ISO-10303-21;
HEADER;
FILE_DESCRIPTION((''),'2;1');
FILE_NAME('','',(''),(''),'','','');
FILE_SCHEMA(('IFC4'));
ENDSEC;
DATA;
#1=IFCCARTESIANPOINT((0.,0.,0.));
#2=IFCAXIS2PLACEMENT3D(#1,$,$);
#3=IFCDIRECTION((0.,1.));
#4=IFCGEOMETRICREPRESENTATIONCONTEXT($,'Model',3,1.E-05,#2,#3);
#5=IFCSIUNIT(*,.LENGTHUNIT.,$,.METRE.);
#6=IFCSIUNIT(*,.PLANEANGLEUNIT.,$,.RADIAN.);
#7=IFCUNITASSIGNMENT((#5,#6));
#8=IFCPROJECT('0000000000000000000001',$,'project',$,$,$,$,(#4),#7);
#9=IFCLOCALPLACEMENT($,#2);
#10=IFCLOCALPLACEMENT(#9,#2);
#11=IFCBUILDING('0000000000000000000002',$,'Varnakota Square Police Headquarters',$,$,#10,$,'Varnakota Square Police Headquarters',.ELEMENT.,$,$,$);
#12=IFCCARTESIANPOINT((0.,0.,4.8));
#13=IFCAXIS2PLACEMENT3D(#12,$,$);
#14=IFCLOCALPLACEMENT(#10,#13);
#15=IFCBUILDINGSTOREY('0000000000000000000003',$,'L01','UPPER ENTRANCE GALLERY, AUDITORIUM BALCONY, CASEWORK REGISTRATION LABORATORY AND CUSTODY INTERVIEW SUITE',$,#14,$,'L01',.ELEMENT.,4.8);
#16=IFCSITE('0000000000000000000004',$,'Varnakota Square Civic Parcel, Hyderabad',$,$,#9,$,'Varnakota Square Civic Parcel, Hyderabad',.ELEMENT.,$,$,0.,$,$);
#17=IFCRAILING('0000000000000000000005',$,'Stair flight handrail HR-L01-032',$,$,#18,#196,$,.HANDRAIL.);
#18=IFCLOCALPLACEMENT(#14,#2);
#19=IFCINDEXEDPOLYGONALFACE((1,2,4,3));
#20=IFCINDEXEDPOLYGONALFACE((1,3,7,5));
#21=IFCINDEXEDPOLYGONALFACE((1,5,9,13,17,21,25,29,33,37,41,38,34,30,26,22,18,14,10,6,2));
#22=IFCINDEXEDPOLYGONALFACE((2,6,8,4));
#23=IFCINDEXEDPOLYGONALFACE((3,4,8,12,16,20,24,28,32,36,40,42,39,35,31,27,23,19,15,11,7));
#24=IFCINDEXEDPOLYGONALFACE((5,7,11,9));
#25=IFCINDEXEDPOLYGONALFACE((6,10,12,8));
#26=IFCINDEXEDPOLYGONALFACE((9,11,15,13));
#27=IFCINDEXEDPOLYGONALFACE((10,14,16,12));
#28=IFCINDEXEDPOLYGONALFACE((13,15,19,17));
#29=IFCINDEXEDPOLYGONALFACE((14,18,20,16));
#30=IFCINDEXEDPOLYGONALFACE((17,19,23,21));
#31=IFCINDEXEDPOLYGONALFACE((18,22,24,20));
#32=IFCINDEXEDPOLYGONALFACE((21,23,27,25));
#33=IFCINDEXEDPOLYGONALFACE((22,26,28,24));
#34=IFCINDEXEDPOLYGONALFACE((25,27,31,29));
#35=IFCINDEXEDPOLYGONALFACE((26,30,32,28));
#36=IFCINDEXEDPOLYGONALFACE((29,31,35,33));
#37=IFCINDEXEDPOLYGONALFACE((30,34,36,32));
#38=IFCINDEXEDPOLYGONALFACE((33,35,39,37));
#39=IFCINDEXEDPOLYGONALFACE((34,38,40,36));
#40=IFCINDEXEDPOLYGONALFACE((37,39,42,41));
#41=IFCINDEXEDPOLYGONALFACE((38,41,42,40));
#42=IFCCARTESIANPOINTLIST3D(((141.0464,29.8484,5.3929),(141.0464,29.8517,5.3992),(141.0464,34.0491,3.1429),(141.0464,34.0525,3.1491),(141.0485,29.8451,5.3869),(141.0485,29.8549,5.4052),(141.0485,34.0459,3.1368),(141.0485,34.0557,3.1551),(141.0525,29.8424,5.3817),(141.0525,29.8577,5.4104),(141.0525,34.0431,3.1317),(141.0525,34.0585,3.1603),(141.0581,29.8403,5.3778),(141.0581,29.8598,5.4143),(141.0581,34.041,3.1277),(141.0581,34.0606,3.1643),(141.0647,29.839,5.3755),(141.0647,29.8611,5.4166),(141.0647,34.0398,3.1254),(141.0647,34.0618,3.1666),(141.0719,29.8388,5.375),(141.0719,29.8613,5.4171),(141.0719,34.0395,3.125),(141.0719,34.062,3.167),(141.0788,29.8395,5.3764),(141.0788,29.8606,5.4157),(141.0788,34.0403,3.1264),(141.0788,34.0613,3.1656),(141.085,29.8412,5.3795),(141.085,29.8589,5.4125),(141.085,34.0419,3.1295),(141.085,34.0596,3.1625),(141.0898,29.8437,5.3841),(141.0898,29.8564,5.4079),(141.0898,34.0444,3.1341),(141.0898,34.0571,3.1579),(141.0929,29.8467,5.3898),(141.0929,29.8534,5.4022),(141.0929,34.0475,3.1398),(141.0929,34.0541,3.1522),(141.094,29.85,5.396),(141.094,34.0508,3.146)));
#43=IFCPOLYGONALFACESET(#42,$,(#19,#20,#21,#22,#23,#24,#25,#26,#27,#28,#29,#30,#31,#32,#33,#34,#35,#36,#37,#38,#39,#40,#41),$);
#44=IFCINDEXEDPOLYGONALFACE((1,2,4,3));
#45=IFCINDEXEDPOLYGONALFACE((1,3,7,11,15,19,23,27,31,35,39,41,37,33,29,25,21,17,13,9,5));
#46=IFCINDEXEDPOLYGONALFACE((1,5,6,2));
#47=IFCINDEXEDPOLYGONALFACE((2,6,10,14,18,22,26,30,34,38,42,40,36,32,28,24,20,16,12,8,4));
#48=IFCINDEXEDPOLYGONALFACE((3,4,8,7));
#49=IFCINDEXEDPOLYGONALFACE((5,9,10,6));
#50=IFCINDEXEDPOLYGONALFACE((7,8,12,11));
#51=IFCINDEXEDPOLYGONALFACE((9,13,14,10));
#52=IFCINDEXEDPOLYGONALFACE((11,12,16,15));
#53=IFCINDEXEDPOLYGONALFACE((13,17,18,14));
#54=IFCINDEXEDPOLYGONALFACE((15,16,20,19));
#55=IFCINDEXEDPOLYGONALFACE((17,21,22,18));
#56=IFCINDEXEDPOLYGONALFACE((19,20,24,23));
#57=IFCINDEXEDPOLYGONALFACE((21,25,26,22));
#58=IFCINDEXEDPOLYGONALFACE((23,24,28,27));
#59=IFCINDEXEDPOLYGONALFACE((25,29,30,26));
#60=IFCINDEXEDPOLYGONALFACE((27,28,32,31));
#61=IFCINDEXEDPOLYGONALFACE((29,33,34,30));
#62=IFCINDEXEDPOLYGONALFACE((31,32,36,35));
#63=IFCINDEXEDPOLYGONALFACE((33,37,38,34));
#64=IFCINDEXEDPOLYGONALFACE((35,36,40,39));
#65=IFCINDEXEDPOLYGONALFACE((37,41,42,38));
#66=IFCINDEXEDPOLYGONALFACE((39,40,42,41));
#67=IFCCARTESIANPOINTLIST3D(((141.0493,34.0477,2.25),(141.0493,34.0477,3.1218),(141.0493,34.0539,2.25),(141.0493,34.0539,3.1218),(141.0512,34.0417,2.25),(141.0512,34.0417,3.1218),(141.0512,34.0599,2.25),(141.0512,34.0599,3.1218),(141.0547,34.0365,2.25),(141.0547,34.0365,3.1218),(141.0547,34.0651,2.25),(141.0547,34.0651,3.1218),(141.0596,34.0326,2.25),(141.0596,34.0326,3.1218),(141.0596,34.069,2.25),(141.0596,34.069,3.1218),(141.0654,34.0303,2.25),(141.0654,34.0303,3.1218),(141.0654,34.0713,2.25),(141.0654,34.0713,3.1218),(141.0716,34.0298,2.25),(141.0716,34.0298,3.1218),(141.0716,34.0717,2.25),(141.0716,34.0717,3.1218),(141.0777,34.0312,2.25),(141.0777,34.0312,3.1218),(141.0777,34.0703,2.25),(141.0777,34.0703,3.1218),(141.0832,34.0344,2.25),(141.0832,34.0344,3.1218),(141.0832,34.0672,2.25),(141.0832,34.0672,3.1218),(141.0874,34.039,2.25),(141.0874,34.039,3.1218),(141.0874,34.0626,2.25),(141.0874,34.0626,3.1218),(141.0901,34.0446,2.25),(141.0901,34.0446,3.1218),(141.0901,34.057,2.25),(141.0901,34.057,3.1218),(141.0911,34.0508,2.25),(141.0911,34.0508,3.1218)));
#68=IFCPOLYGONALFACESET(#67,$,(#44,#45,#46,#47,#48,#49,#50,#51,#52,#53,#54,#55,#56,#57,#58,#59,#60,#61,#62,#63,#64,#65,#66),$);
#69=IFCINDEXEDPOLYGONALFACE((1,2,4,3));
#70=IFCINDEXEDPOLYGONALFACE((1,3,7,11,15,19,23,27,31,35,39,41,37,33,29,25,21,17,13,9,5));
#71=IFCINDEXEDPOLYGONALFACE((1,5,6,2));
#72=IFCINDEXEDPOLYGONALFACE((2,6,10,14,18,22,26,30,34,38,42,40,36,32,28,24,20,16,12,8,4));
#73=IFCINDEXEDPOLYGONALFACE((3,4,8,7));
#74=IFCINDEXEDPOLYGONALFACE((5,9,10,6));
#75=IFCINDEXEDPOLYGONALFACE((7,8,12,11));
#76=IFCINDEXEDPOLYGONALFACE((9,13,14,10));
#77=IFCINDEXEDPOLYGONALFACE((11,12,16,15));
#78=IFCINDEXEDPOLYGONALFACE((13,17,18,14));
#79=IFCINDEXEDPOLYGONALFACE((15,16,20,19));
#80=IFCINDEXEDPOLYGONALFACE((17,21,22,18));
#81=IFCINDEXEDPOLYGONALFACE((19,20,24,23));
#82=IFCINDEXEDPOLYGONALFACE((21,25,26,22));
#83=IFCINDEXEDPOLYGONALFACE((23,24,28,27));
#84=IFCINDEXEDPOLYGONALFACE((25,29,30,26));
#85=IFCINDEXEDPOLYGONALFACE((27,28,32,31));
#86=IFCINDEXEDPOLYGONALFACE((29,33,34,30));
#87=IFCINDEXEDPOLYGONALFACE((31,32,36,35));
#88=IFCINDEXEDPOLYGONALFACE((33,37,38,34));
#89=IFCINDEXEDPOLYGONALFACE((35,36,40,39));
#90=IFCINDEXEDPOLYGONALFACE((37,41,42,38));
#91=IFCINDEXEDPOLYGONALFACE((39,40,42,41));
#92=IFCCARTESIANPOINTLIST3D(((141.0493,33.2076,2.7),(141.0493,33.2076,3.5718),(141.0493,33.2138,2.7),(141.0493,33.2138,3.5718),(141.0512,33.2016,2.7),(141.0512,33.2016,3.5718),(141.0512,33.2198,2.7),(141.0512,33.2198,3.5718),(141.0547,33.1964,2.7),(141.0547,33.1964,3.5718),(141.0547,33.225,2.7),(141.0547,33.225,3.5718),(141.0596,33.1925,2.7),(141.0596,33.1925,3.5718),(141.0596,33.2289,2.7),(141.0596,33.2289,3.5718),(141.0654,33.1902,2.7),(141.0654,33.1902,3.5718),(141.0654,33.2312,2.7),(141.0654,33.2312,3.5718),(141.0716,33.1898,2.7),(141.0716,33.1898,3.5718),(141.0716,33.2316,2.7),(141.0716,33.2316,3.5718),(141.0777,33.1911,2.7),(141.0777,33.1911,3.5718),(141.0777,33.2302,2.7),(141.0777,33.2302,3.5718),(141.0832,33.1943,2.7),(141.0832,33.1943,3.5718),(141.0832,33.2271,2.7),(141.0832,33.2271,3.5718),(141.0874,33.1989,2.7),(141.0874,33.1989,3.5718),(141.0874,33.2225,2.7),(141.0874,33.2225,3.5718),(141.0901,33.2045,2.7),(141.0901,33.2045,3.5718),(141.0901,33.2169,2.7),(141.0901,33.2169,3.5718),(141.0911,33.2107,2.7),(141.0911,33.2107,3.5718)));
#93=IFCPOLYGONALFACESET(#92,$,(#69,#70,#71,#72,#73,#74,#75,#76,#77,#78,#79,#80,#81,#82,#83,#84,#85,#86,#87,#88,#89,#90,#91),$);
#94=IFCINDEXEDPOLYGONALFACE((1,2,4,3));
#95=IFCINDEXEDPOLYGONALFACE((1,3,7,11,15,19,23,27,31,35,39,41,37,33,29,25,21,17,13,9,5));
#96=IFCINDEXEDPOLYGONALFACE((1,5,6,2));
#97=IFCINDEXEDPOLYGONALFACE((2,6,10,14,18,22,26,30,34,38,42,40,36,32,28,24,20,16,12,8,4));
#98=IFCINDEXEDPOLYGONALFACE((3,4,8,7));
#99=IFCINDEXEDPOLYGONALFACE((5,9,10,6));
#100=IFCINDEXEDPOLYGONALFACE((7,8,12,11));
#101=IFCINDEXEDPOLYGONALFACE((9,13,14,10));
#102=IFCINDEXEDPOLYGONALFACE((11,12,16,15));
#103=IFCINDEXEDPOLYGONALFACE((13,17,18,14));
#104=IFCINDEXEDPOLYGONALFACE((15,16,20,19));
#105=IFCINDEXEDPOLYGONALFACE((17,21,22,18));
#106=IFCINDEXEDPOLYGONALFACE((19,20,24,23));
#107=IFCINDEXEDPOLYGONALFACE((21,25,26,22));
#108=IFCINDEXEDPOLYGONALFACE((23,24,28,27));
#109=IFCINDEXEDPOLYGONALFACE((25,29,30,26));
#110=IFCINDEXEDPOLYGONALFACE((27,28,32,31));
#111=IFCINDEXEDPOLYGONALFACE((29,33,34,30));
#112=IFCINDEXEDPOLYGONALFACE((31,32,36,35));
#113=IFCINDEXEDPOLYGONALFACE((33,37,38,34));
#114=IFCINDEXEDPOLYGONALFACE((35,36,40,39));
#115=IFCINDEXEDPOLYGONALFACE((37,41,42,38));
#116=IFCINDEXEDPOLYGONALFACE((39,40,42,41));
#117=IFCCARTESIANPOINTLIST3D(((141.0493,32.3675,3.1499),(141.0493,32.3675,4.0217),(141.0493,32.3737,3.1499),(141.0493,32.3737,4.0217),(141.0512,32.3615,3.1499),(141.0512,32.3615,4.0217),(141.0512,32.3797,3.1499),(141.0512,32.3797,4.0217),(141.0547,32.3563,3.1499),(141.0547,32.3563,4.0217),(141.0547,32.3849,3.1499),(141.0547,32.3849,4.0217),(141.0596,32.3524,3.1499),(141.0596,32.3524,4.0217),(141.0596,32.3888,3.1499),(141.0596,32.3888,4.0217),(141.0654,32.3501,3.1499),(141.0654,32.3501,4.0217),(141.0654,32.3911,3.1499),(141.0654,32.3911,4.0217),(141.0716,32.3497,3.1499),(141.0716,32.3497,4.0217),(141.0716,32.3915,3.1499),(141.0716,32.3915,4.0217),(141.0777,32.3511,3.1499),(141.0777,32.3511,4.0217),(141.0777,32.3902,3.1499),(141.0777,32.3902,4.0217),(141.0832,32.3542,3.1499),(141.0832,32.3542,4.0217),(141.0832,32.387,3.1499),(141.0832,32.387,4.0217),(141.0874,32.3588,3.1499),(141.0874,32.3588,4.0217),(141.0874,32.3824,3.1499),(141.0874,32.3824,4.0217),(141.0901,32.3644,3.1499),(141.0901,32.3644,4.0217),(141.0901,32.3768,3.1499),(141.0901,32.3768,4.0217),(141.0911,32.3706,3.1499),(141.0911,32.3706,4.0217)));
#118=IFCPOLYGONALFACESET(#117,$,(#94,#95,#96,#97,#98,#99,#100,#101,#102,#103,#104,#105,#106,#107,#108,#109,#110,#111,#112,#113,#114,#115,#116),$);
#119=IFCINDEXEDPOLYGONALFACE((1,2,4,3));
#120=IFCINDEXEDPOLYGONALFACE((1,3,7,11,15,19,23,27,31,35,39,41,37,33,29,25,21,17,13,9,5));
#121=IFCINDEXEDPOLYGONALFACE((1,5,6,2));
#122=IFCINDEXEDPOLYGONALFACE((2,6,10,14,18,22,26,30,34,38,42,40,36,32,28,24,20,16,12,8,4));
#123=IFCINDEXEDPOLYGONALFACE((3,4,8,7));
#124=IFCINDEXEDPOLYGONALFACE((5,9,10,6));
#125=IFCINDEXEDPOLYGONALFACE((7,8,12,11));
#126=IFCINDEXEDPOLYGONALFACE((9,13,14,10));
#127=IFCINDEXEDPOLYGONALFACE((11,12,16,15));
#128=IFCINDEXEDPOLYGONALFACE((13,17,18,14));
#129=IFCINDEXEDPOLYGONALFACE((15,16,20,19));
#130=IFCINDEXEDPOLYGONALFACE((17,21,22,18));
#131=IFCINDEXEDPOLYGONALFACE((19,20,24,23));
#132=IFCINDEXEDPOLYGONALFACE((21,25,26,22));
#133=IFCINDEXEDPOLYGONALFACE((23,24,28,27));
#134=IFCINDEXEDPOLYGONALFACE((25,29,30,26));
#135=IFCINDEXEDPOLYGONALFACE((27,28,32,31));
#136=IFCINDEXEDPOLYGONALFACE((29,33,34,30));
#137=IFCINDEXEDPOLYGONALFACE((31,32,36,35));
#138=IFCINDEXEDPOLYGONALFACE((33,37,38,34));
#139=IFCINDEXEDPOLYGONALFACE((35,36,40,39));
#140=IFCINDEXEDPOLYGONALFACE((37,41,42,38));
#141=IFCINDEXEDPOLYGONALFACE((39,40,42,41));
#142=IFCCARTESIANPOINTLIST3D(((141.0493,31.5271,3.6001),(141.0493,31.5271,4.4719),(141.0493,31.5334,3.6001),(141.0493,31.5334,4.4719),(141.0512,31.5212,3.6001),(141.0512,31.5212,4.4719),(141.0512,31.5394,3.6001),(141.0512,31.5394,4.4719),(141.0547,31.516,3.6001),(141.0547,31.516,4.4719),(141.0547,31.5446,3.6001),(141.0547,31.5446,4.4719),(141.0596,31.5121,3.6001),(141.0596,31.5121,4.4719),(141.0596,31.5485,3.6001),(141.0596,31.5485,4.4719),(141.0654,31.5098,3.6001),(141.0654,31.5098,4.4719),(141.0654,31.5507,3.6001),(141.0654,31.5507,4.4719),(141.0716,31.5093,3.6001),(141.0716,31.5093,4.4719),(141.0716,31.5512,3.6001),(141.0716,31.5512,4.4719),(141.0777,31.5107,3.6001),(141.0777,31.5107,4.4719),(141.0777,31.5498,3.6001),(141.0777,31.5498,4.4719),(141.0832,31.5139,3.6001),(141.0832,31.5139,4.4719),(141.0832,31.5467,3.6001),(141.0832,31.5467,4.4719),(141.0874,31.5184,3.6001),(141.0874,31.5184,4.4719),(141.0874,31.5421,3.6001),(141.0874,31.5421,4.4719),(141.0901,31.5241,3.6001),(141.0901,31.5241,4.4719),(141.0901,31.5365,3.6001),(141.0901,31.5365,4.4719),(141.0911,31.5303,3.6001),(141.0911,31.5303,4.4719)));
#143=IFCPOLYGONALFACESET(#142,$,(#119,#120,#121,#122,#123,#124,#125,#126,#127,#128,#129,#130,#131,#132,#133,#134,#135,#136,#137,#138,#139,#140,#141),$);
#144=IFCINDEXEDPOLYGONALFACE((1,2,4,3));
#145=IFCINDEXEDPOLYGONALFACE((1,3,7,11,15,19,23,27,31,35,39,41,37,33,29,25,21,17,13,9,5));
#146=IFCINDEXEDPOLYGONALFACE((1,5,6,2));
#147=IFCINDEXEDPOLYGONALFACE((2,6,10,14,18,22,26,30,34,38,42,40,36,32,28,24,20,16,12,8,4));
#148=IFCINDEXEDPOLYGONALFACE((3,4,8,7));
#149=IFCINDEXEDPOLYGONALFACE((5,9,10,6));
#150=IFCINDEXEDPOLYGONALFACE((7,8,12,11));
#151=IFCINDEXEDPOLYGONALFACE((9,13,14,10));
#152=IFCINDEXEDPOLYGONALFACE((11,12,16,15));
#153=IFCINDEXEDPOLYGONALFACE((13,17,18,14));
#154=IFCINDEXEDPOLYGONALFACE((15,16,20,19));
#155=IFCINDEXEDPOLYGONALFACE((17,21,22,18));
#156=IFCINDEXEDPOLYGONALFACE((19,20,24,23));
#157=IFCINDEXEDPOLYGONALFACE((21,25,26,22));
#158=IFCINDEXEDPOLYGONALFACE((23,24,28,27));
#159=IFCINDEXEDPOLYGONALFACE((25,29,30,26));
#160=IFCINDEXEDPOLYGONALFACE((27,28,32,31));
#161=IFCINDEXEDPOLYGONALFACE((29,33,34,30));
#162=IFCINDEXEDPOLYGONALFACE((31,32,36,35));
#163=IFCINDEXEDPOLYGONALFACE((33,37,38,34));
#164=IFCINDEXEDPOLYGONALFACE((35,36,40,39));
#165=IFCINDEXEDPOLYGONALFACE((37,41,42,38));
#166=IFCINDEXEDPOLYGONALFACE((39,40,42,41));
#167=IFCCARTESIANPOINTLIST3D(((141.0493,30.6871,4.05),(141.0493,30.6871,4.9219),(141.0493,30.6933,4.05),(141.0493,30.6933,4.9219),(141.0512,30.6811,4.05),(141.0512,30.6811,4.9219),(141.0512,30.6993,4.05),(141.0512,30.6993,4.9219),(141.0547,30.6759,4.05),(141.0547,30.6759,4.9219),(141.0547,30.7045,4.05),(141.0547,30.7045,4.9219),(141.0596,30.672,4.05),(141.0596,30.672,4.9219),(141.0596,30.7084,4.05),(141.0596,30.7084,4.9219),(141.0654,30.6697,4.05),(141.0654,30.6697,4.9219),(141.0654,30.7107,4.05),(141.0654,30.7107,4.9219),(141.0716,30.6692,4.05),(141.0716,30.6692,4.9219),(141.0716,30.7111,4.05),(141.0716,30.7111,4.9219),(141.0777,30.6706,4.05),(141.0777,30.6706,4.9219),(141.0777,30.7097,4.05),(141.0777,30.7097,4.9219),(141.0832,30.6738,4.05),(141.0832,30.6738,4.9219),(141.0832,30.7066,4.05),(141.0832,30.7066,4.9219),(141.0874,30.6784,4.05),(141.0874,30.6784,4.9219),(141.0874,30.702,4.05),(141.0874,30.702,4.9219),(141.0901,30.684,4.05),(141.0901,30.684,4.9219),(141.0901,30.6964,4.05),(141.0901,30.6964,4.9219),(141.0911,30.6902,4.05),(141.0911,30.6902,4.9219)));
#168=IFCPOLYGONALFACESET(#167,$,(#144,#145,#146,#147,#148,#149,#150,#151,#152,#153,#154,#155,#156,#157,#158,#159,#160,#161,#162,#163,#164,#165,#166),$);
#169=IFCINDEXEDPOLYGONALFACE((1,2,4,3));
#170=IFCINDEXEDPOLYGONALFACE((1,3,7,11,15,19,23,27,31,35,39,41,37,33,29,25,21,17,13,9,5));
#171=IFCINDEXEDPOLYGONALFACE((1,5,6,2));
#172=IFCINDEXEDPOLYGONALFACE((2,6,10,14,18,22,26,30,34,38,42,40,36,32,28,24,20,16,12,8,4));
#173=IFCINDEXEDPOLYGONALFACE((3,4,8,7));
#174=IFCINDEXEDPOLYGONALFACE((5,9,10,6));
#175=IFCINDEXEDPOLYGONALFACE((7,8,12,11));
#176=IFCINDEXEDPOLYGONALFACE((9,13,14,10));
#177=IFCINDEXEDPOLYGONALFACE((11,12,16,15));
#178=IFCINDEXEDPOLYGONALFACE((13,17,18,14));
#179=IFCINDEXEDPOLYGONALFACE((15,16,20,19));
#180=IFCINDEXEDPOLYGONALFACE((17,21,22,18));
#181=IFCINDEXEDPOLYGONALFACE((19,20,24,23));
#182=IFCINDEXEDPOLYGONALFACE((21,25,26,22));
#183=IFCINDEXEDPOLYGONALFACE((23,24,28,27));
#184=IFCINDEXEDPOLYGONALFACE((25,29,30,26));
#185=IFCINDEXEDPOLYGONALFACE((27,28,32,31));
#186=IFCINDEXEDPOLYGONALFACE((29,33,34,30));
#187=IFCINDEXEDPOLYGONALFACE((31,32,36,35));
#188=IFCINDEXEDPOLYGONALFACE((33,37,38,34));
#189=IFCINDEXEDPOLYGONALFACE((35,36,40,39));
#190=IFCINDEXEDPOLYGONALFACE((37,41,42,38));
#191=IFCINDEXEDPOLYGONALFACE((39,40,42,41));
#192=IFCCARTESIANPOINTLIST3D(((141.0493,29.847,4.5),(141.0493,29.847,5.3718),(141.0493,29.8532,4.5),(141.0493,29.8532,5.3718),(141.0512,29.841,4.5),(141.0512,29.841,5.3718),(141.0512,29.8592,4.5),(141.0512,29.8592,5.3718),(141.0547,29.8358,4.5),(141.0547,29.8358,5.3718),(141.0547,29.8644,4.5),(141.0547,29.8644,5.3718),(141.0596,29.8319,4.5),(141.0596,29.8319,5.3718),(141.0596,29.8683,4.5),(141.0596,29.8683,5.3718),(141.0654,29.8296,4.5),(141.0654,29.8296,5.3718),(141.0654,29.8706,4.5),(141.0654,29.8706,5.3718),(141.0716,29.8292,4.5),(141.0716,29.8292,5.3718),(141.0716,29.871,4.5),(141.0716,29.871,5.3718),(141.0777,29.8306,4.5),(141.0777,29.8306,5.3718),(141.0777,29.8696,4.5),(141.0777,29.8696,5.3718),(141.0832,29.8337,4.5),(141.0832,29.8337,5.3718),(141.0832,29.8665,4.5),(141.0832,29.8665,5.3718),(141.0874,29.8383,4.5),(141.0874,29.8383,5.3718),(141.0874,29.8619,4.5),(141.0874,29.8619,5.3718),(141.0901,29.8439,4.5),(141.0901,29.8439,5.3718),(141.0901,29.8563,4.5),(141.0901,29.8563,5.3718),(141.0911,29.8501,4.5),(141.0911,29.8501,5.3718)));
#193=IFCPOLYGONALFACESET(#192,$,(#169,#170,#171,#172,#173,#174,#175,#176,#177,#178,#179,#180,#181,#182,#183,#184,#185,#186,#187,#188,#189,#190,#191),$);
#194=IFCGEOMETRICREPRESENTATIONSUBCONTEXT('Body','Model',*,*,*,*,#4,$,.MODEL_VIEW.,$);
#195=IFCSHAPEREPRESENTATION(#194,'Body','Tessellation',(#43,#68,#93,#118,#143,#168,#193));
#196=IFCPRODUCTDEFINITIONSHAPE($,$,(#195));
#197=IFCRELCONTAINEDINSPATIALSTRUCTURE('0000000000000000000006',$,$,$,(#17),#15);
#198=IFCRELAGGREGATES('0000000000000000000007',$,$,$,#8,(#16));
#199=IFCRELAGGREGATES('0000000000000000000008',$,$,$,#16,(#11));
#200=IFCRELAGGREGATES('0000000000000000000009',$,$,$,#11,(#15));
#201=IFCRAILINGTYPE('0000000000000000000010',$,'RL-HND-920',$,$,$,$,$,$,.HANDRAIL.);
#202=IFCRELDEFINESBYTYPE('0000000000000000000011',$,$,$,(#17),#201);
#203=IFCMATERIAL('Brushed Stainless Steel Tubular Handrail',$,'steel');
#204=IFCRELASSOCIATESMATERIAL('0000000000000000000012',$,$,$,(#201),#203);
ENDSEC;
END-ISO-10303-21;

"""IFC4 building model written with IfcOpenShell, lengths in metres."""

from ifc_helpers import new_model, si_unit, direction, frame, origin, origin_2d, place, context, subcontext, project, spatial, circle, extrude, material, type_object, element, save


model = new_model("IFC4")

# Units and contexts
model_context = context("Model", 3, precision=1e-05, world=origin(), true_north=direction((0.0, 1.0)))
body_context = subcontext(model_context, "Body", "Model", "MODEL_VIEW")
ifc_project = project(units=[si_unit("LENGTHUNIT", "METRE"), si_unit("PLANEANGLEUNIT", "RADIAN")], contexts=[model_context])

# Site, building, storey
site_placement = place(None, origin())
site = spatial("IfcSite", under=ifc_project, at=site_placement, Name="Varnakota Square Civic Parcel, Hyderabad", LongName="Varnakota Square Civic Parcel, Hyderabad", CompositionType="ELEMENT", RefElevation=0.0)
building_placement = place(site_placement, origin())
building = spatial("IfcBuilding", under=site, at=building_placement, Name="Varnakota Square Police Headquarters", LongName="Varnakota Square Police Headquarters", CompositionType="ELEMENT")
storey_placement = place(building_placement, frame((0.0, 0.0, 4.8)))
storey = spatial("IfcBuildingStorey", under=building, at=storey_placement, Name="L01", Description="UPPER ENTRANCE GALLERY, AUDITORIUM BALCONY, CASEWORK REGISTRATION LABORATORY AND CUSTODY INTERVIEW SUITE", LongName="L01", CompositionType="ELEMENT", Elevation=4.8)

# Railing
ifc_material_1 = material(Name="Brushed Stainless Steel Tubular Handrail", Category="steel")
railing_type_1 = type_object("IfcRailingType", Name="RL-HND-920", PredefinedType="HANDRAIL", material=ifc_material_1)
railing_1_placement = place(storey_placement, frame((141.0701, 34.0508, 2.25)))
element("IfcRailing", 1, at=railing_1_placement, inside=storey, type_object=railing_type_1, Name="Stair flight handrail HR-L01-032", PredefinedType="HANDRAIL", context=body_context, shape_type="SweptSolid", body=[
    extrude(circle(Radius=0.0239, at=origin_2d()), frame((0.0, 0.0, 0.896), z_axis=(0.0, -0.881512, 0.472162), x_axis=(1.0, 0.0, 0.0)), (0.0, 0.0, 1.0), 4.7654),
    extrude(circle(Radius=0.021, at=origin_2d()), origin(), (0.0, 0.0, 1.0), 0.8718),
    extrude(circle(Radius=0.021, at=origin_2d()), frame((0.0, -0.8401, 0.45)), (0.0, 0.0, 1.0), 0.8718),
    extrude(circle(Radius=0.021, at=origin_2d()), frame((0.0, -1.6802, 0.8999)), (0.0, 0.0, 1.0), 0.8718),
    extrude(circle(Radius=0.021, at=origin_2d()), frame((0.0, -2.5205, 1.3501)), (0.0, 0.0, 1.0), 0.8718),
    extrude(circle(Radius=0.021, at=origin_2d()), frame((0.0, -3.3606, 1.8)), (0.0, 0.0, 1.0), 0.8718),
    extrude(circle(Radius=0.021, at=origin_2d()), frame((0.0, -4.2007, 2.25)), (0.0, 0.0, 1.0), 0.8718),
])

save(model, "model.ifc")
